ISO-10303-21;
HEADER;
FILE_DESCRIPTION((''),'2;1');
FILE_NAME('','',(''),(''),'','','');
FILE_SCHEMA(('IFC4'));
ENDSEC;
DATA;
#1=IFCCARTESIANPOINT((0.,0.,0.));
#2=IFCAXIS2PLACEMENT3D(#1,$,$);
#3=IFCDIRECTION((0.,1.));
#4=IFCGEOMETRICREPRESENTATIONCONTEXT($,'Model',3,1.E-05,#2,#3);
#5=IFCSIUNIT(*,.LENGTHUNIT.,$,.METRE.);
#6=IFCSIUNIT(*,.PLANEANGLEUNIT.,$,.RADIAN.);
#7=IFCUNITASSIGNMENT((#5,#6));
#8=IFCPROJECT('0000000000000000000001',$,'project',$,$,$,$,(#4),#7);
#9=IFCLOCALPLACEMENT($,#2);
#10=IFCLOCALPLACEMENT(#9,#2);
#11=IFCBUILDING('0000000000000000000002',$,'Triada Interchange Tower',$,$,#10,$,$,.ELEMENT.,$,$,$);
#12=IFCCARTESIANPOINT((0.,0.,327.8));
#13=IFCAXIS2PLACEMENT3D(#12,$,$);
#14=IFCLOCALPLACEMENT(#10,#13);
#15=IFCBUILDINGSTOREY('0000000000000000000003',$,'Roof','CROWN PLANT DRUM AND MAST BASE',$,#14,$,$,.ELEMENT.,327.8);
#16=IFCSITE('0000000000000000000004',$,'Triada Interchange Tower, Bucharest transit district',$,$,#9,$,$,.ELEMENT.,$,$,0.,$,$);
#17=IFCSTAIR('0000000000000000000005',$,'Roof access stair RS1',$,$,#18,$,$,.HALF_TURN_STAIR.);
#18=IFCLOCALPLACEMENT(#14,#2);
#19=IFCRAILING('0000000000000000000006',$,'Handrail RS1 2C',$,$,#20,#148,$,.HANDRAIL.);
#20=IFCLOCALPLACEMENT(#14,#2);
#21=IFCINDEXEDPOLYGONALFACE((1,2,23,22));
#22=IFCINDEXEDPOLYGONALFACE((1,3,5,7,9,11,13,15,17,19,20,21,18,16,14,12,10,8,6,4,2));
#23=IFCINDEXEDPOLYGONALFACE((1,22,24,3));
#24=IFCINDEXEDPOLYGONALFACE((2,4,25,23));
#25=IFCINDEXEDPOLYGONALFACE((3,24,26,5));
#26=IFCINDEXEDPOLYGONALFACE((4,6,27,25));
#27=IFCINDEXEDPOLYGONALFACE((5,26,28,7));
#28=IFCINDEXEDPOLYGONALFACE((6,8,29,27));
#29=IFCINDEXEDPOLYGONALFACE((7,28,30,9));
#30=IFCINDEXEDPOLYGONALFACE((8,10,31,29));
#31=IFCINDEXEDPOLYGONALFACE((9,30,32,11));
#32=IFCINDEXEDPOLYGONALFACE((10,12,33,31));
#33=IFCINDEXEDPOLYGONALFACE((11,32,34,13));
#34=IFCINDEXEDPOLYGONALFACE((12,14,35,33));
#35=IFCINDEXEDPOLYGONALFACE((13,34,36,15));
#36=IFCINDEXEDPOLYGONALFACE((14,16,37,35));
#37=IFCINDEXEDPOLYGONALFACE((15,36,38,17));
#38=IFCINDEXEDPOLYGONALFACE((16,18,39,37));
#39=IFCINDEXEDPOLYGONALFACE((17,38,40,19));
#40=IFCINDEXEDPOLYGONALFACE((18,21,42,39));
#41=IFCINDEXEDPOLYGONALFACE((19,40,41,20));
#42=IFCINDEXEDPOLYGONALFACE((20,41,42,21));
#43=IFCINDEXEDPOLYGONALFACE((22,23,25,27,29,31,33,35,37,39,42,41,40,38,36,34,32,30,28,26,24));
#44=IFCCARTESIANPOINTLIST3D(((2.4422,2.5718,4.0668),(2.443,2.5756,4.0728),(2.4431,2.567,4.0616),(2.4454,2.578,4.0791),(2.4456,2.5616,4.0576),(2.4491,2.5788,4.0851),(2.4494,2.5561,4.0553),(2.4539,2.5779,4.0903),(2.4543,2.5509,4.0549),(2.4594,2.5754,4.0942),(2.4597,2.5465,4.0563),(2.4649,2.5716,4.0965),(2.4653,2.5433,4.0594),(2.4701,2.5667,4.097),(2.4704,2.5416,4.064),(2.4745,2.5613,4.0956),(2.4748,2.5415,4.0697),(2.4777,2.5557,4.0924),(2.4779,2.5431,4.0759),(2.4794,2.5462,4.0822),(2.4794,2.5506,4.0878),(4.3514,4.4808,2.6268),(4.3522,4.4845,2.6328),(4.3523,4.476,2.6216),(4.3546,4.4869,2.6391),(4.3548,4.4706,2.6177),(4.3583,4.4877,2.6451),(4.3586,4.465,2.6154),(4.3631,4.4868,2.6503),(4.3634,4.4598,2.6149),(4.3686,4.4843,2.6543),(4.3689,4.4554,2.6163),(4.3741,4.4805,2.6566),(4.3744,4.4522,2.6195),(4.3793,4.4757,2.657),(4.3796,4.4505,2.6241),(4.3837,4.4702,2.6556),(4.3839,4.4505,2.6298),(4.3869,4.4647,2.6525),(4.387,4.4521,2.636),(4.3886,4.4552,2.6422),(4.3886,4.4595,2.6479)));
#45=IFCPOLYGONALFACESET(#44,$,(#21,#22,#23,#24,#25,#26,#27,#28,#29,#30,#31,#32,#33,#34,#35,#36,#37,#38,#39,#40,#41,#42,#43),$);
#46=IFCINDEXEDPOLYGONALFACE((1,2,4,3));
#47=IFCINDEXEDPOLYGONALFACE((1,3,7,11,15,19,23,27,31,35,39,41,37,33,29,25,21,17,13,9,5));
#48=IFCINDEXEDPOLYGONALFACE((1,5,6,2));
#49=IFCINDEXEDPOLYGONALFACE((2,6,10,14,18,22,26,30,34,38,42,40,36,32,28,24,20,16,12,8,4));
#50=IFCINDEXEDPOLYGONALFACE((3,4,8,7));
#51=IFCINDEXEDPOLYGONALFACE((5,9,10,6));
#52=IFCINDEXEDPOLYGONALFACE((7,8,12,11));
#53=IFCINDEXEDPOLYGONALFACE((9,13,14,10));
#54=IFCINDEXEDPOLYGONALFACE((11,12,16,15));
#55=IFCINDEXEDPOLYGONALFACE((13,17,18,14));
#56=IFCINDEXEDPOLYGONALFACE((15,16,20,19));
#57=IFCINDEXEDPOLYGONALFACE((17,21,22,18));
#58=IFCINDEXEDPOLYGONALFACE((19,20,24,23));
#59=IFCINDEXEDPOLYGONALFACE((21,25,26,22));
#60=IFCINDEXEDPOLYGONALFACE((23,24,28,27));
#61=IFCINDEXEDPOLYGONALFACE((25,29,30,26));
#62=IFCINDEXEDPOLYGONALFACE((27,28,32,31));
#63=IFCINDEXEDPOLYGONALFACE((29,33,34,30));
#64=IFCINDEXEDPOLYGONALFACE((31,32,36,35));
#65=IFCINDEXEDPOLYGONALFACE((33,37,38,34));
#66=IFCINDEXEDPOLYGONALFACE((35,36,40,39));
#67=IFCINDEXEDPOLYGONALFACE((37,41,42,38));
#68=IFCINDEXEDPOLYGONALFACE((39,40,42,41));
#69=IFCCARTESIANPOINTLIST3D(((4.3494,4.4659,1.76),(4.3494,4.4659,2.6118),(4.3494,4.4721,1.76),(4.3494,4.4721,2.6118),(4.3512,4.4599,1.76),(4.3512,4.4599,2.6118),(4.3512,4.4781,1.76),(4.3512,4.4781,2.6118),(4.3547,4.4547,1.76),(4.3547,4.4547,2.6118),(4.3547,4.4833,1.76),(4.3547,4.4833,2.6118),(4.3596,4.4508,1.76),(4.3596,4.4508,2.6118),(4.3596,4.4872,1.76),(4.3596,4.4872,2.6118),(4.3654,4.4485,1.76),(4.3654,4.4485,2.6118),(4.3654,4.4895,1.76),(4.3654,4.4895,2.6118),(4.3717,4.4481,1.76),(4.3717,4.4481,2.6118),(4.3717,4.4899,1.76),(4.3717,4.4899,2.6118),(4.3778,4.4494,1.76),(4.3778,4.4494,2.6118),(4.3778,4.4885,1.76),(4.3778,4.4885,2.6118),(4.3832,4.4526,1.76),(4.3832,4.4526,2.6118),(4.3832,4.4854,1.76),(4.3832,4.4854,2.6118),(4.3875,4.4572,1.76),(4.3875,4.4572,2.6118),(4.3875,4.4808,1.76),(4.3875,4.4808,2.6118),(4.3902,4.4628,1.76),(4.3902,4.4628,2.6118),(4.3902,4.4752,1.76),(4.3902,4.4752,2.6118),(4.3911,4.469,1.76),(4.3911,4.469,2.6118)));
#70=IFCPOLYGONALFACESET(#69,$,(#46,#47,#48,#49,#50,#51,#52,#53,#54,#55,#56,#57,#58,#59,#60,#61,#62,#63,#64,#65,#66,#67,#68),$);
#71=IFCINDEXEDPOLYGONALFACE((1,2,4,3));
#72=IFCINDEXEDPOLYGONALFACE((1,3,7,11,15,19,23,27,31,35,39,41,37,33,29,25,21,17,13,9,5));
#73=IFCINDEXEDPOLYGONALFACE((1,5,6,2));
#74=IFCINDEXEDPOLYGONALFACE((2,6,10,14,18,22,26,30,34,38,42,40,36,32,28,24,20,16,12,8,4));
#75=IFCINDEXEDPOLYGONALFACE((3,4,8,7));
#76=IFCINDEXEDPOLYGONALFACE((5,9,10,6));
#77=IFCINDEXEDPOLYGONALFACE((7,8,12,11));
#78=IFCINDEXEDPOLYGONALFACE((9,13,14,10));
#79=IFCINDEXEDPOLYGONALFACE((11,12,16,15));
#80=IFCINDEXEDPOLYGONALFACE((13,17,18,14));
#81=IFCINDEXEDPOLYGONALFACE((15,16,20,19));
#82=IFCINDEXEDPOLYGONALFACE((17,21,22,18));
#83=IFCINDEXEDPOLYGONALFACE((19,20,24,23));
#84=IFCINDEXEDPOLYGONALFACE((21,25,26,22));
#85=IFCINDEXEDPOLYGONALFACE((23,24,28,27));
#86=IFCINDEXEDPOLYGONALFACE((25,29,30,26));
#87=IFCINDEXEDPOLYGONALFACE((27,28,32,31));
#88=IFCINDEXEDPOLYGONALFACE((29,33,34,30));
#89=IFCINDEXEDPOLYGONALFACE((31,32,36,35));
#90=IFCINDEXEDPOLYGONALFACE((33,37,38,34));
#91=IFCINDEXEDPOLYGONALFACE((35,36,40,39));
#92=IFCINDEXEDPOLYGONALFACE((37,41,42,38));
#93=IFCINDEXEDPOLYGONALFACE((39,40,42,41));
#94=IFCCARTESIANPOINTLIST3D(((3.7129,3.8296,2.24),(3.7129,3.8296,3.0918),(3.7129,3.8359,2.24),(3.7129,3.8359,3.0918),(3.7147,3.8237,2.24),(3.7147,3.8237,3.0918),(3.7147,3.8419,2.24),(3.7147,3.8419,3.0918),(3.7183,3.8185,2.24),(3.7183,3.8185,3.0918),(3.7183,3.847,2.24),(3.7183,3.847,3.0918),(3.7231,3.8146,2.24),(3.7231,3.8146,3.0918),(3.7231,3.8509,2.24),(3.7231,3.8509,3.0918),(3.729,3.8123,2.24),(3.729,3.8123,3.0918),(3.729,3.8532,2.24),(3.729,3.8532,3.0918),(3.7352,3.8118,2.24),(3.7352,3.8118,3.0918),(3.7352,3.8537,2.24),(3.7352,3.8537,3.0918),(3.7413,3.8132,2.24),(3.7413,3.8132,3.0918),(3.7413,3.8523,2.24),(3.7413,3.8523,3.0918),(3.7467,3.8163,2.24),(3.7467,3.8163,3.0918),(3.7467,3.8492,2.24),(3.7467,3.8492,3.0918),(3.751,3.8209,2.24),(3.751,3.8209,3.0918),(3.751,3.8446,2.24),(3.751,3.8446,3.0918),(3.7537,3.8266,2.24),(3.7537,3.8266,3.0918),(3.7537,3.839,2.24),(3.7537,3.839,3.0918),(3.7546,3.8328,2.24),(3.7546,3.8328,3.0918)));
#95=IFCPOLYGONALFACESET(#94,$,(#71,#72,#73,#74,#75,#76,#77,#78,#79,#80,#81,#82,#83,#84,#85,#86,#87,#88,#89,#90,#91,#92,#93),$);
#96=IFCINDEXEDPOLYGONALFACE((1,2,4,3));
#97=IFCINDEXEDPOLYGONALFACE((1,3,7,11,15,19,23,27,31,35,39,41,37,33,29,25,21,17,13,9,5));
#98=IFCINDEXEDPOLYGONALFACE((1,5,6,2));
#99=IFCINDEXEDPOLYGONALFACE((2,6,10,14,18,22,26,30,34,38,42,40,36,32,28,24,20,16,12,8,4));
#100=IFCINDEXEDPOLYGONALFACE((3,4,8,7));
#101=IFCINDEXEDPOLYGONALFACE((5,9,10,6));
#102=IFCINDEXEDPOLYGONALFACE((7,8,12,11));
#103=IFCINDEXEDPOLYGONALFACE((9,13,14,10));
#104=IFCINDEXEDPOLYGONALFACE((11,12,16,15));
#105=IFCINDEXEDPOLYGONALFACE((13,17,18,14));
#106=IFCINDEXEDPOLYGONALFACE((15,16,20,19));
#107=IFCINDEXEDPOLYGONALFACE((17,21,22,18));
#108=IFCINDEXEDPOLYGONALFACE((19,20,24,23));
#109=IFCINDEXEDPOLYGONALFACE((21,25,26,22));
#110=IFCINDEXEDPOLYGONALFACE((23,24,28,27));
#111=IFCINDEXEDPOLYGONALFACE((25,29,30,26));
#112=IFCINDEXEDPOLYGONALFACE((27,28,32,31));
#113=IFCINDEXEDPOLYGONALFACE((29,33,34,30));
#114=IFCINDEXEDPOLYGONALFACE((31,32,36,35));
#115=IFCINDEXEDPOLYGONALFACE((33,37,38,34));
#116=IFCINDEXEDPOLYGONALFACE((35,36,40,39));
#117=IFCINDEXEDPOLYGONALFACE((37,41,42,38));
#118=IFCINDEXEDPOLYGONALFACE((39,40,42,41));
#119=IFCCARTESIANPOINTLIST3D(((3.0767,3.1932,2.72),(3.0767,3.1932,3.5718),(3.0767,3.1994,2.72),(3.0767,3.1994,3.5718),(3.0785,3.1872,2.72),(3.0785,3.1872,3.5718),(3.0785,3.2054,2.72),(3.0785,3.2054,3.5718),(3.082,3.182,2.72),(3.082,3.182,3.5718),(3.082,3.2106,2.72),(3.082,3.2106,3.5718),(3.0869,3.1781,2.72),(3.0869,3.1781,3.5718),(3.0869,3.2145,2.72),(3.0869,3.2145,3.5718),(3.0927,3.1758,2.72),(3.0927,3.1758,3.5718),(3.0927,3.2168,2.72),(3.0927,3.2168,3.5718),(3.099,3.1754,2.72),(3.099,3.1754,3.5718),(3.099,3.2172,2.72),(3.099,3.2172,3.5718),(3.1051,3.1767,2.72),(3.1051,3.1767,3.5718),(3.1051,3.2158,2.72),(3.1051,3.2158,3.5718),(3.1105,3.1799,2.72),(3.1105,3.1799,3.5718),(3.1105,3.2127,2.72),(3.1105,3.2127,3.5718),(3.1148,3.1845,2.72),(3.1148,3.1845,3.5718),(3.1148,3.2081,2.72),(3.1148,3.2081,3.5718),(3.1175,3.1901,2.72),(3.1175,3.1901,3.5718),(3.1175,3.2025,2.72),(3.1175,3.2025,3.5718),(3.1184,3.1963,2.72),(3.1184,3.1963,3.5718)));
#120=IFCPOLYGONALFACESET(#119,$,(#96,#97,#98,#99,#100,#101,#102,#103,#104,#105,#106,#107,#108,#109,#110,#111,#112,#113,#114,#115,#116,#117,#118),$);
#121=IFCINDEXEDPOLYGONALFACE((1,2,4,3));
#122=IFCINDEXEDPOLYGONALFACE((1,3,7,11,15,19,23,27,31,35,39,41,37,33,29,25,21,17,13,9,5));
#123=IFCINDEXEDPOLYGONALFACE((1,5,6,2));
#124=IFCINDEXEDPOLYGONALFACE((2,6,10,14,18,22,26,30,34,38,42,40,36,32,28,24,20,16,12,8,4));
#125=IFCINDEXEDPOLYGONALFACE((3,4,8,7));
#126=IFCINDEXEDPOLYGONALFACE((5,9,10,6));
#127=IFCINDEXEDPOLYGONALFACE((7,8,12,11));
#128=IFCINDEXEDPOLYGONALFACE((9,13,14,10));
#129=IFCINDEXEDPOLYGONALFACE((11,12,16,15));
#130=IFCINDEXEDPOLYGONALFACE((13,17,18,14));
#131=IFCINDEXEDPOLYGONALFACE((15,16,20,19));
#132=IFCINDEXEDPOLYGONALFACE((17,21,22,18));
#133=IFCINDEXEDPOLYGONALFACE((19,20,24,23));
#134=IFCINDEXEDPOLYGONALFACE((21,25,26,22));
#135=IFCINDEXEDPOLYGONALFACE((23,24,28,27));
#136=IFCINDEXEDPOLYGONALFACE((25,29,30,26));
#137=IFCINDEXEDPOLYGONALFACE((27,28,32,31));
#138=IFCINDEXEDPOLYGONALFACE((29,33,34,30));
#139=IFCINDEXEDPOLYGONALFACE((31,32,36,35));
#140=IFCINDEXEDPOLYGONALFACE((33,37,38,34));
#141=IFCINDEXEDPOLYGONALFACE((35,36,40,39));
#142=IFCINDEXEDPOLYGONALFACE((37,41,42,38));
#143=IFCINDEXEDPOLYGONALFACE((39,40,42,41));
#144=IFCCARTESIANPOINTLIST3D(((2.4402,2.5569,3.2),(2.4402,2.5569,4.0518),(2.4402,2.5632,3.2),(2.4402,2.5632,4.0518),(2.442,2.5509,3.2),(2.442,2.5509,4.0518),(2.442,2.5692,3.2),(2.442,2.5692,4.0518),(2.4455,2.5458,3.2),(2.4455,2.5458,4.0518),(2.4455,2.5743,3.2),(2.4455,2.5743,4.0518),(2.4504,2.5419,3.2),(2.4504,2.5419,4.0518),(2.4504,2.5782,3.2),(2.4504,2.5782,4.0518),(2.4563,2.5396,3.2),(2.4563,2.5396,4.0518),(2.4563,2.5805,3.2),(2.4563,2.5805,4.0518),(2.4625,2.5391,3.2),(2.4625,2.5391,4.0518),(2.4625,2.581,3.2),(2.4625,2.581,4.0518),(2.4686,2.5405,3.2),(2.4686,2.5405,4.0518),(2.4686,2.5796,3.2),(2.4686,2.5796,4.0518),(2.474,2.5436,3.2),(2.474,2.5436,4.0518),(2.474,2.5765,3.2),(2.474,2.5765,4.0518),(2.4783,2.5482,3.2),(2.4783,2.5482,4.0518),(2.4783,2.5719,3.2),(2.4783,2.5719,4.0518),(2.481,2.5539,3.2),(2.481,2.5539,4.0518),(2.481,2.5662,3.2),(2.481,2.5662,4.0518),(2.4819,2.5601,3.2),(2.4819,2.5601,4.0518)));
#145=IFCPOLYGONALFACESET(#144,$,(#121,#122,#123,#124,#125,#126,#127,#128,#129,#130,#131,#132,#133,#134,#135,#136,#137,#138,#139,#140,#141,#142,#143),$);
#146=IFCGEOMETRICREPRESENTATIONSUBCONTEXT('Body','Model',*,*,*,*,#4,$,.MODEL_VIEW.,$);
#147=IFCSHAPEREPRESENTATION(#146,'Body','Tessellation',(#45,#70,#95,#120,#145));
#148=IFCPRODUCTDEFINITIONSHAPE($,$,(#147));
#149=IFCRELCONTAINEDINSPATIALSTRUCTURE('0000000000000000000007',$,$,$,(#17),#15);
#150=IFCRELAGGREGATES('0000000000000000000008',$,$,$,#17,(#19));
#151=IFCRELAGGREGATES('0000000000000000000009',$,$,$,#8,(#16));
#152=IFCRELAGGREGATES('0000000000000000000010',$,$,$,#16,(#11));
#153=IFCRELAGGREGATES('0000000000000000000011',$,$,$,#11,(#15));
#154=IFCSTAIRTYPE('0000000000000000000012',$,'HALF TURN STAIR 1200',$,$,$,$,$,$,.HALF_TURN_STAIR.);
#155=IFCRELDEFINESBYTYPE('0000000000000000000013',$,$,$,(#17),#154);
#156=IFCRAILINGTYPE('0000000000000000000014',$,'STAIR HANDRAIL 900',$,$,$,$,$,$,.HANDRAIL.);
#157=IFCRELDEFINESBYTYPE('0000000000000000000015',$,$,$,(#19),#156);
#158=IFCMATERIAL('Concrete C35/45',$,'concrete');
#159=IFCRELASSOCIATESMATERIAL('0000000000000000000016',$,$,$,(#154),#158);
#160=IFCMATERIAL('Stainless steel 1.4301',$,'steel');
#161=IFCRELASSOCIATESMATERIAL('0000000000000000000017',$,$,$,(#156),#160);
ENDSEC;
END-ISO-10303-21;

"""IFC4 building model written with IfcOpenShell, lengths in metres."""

from ifc_helpers import new_model, si_unit, direction, frame, origin, origin_2d, place, context, subcontext, project, spatial, circle, extrude, material, type_object, element, aggregate, save


model = new_model("IFC4")

# Units and contexts
model_context = context("Model", 3, precision=1e-05, world=origin(), true_north=direction((0.0, 1.0)))
body_context = subcontext(model_context, "Body", "Model", "MODEL_VIEW")
ifc_project = project(units=[si_unit("LENGTHUNIT", "METRE"), si_unit("PLANEANGLEUNIT", "RADIAN")], contexts=[model_context])

# Site, building, storey
site_placement = place(None, origin())
site = spatial("IfcSite", under=ifc_project, at=site_placement, Name="Triada Interchange Tower, Bucharest transit district", CompositionType="ELEMENT", RefElevation=0.0)
building_placement = place(site_placement, origin())
building = spatial("IfcBuilding", under=site, at=building_placement, Name="Triada Interchange Tower", CompositionType="ELEMENT")
storey_placement = place(building_placement, frame((0.0, 0.0, 327.8)))
storey = spatial("IfcBuildingStorey", under=building, at=storey_placement, Name="Roof", Description="CROWN PLANT DRUM AND MAST BASE", CompositionType="ELEMENT", Elevation=327.8)

# Stair
ifc_material_1 = material(Name="Concrete C35/45", Category="concrete")
stair_type = type_object("IfcStairType", Name="HALF TURN STAIR 1200", PredefinedType="HALF_TURN_STAIR", material=ifc_material_1)
stair_placement = place(storey_placement, origin())
stair = element("IfcStair", 1, at=stair_placement, inside=storey, type_object=stair_type, Name="Roof access stair RS1", PredefinedType="HALF_TURN_STAIR")

# Railing
ifc_material_2 = material(Name="Stainless steel 1.4301", Category="steel")
railing_type_1 = type_object("IfcRailingType", Name="STAIR HANDRAIL 900", PredefinedType="HANDRAIL", material=ifc_material_2)
railing_1_placement = place(storey_placement, frame((4.3701, 4.469, 1.76)))
railing_1 = element("IfcRailing", 2, at=railing_1_placement, type_object=railing_type_1, Name="Handrail RS1 2C", PredefinedType="HANDRAIL", context=body_context, shape_type="SweptSolid", body=[
    extrude(circle(Radius=0.0239, at=origin_2d()), frame((0.0, 0.0, 0.876), z_axis=(-0.623954, -0.623874, 0.470598), x_axis=(0.707062, -0.707152, 0.0)), (0.0, 0.0, 1.0), 3.0598),
    extrude(circle(Radius=0.021, at=origin_2d()), origin(), (0.0, 0.0, 1.0), 0.8518),
    extrude(circle(Radius=0.021, at=origin_2d()), frame((-0.6365, -0.6362, 0.48)), (0.0, 0.0, 1.0), 0.8518),
    extrude(circle(Radius=0.021, at=origin_2d()), frame((-1.2727, -1.2727, 0.96)), (0.0, 0.0, 1.0), 0.8518),
    extrude(circle(Radius=0.021, at=origin_2d()), frame((-1.9092, -1.9089, 1.4399)), (0.0, 0.0, 1.0), 0.8518),
])
aggregate(stair, [railing_1])

save(model, "model.ifc")
